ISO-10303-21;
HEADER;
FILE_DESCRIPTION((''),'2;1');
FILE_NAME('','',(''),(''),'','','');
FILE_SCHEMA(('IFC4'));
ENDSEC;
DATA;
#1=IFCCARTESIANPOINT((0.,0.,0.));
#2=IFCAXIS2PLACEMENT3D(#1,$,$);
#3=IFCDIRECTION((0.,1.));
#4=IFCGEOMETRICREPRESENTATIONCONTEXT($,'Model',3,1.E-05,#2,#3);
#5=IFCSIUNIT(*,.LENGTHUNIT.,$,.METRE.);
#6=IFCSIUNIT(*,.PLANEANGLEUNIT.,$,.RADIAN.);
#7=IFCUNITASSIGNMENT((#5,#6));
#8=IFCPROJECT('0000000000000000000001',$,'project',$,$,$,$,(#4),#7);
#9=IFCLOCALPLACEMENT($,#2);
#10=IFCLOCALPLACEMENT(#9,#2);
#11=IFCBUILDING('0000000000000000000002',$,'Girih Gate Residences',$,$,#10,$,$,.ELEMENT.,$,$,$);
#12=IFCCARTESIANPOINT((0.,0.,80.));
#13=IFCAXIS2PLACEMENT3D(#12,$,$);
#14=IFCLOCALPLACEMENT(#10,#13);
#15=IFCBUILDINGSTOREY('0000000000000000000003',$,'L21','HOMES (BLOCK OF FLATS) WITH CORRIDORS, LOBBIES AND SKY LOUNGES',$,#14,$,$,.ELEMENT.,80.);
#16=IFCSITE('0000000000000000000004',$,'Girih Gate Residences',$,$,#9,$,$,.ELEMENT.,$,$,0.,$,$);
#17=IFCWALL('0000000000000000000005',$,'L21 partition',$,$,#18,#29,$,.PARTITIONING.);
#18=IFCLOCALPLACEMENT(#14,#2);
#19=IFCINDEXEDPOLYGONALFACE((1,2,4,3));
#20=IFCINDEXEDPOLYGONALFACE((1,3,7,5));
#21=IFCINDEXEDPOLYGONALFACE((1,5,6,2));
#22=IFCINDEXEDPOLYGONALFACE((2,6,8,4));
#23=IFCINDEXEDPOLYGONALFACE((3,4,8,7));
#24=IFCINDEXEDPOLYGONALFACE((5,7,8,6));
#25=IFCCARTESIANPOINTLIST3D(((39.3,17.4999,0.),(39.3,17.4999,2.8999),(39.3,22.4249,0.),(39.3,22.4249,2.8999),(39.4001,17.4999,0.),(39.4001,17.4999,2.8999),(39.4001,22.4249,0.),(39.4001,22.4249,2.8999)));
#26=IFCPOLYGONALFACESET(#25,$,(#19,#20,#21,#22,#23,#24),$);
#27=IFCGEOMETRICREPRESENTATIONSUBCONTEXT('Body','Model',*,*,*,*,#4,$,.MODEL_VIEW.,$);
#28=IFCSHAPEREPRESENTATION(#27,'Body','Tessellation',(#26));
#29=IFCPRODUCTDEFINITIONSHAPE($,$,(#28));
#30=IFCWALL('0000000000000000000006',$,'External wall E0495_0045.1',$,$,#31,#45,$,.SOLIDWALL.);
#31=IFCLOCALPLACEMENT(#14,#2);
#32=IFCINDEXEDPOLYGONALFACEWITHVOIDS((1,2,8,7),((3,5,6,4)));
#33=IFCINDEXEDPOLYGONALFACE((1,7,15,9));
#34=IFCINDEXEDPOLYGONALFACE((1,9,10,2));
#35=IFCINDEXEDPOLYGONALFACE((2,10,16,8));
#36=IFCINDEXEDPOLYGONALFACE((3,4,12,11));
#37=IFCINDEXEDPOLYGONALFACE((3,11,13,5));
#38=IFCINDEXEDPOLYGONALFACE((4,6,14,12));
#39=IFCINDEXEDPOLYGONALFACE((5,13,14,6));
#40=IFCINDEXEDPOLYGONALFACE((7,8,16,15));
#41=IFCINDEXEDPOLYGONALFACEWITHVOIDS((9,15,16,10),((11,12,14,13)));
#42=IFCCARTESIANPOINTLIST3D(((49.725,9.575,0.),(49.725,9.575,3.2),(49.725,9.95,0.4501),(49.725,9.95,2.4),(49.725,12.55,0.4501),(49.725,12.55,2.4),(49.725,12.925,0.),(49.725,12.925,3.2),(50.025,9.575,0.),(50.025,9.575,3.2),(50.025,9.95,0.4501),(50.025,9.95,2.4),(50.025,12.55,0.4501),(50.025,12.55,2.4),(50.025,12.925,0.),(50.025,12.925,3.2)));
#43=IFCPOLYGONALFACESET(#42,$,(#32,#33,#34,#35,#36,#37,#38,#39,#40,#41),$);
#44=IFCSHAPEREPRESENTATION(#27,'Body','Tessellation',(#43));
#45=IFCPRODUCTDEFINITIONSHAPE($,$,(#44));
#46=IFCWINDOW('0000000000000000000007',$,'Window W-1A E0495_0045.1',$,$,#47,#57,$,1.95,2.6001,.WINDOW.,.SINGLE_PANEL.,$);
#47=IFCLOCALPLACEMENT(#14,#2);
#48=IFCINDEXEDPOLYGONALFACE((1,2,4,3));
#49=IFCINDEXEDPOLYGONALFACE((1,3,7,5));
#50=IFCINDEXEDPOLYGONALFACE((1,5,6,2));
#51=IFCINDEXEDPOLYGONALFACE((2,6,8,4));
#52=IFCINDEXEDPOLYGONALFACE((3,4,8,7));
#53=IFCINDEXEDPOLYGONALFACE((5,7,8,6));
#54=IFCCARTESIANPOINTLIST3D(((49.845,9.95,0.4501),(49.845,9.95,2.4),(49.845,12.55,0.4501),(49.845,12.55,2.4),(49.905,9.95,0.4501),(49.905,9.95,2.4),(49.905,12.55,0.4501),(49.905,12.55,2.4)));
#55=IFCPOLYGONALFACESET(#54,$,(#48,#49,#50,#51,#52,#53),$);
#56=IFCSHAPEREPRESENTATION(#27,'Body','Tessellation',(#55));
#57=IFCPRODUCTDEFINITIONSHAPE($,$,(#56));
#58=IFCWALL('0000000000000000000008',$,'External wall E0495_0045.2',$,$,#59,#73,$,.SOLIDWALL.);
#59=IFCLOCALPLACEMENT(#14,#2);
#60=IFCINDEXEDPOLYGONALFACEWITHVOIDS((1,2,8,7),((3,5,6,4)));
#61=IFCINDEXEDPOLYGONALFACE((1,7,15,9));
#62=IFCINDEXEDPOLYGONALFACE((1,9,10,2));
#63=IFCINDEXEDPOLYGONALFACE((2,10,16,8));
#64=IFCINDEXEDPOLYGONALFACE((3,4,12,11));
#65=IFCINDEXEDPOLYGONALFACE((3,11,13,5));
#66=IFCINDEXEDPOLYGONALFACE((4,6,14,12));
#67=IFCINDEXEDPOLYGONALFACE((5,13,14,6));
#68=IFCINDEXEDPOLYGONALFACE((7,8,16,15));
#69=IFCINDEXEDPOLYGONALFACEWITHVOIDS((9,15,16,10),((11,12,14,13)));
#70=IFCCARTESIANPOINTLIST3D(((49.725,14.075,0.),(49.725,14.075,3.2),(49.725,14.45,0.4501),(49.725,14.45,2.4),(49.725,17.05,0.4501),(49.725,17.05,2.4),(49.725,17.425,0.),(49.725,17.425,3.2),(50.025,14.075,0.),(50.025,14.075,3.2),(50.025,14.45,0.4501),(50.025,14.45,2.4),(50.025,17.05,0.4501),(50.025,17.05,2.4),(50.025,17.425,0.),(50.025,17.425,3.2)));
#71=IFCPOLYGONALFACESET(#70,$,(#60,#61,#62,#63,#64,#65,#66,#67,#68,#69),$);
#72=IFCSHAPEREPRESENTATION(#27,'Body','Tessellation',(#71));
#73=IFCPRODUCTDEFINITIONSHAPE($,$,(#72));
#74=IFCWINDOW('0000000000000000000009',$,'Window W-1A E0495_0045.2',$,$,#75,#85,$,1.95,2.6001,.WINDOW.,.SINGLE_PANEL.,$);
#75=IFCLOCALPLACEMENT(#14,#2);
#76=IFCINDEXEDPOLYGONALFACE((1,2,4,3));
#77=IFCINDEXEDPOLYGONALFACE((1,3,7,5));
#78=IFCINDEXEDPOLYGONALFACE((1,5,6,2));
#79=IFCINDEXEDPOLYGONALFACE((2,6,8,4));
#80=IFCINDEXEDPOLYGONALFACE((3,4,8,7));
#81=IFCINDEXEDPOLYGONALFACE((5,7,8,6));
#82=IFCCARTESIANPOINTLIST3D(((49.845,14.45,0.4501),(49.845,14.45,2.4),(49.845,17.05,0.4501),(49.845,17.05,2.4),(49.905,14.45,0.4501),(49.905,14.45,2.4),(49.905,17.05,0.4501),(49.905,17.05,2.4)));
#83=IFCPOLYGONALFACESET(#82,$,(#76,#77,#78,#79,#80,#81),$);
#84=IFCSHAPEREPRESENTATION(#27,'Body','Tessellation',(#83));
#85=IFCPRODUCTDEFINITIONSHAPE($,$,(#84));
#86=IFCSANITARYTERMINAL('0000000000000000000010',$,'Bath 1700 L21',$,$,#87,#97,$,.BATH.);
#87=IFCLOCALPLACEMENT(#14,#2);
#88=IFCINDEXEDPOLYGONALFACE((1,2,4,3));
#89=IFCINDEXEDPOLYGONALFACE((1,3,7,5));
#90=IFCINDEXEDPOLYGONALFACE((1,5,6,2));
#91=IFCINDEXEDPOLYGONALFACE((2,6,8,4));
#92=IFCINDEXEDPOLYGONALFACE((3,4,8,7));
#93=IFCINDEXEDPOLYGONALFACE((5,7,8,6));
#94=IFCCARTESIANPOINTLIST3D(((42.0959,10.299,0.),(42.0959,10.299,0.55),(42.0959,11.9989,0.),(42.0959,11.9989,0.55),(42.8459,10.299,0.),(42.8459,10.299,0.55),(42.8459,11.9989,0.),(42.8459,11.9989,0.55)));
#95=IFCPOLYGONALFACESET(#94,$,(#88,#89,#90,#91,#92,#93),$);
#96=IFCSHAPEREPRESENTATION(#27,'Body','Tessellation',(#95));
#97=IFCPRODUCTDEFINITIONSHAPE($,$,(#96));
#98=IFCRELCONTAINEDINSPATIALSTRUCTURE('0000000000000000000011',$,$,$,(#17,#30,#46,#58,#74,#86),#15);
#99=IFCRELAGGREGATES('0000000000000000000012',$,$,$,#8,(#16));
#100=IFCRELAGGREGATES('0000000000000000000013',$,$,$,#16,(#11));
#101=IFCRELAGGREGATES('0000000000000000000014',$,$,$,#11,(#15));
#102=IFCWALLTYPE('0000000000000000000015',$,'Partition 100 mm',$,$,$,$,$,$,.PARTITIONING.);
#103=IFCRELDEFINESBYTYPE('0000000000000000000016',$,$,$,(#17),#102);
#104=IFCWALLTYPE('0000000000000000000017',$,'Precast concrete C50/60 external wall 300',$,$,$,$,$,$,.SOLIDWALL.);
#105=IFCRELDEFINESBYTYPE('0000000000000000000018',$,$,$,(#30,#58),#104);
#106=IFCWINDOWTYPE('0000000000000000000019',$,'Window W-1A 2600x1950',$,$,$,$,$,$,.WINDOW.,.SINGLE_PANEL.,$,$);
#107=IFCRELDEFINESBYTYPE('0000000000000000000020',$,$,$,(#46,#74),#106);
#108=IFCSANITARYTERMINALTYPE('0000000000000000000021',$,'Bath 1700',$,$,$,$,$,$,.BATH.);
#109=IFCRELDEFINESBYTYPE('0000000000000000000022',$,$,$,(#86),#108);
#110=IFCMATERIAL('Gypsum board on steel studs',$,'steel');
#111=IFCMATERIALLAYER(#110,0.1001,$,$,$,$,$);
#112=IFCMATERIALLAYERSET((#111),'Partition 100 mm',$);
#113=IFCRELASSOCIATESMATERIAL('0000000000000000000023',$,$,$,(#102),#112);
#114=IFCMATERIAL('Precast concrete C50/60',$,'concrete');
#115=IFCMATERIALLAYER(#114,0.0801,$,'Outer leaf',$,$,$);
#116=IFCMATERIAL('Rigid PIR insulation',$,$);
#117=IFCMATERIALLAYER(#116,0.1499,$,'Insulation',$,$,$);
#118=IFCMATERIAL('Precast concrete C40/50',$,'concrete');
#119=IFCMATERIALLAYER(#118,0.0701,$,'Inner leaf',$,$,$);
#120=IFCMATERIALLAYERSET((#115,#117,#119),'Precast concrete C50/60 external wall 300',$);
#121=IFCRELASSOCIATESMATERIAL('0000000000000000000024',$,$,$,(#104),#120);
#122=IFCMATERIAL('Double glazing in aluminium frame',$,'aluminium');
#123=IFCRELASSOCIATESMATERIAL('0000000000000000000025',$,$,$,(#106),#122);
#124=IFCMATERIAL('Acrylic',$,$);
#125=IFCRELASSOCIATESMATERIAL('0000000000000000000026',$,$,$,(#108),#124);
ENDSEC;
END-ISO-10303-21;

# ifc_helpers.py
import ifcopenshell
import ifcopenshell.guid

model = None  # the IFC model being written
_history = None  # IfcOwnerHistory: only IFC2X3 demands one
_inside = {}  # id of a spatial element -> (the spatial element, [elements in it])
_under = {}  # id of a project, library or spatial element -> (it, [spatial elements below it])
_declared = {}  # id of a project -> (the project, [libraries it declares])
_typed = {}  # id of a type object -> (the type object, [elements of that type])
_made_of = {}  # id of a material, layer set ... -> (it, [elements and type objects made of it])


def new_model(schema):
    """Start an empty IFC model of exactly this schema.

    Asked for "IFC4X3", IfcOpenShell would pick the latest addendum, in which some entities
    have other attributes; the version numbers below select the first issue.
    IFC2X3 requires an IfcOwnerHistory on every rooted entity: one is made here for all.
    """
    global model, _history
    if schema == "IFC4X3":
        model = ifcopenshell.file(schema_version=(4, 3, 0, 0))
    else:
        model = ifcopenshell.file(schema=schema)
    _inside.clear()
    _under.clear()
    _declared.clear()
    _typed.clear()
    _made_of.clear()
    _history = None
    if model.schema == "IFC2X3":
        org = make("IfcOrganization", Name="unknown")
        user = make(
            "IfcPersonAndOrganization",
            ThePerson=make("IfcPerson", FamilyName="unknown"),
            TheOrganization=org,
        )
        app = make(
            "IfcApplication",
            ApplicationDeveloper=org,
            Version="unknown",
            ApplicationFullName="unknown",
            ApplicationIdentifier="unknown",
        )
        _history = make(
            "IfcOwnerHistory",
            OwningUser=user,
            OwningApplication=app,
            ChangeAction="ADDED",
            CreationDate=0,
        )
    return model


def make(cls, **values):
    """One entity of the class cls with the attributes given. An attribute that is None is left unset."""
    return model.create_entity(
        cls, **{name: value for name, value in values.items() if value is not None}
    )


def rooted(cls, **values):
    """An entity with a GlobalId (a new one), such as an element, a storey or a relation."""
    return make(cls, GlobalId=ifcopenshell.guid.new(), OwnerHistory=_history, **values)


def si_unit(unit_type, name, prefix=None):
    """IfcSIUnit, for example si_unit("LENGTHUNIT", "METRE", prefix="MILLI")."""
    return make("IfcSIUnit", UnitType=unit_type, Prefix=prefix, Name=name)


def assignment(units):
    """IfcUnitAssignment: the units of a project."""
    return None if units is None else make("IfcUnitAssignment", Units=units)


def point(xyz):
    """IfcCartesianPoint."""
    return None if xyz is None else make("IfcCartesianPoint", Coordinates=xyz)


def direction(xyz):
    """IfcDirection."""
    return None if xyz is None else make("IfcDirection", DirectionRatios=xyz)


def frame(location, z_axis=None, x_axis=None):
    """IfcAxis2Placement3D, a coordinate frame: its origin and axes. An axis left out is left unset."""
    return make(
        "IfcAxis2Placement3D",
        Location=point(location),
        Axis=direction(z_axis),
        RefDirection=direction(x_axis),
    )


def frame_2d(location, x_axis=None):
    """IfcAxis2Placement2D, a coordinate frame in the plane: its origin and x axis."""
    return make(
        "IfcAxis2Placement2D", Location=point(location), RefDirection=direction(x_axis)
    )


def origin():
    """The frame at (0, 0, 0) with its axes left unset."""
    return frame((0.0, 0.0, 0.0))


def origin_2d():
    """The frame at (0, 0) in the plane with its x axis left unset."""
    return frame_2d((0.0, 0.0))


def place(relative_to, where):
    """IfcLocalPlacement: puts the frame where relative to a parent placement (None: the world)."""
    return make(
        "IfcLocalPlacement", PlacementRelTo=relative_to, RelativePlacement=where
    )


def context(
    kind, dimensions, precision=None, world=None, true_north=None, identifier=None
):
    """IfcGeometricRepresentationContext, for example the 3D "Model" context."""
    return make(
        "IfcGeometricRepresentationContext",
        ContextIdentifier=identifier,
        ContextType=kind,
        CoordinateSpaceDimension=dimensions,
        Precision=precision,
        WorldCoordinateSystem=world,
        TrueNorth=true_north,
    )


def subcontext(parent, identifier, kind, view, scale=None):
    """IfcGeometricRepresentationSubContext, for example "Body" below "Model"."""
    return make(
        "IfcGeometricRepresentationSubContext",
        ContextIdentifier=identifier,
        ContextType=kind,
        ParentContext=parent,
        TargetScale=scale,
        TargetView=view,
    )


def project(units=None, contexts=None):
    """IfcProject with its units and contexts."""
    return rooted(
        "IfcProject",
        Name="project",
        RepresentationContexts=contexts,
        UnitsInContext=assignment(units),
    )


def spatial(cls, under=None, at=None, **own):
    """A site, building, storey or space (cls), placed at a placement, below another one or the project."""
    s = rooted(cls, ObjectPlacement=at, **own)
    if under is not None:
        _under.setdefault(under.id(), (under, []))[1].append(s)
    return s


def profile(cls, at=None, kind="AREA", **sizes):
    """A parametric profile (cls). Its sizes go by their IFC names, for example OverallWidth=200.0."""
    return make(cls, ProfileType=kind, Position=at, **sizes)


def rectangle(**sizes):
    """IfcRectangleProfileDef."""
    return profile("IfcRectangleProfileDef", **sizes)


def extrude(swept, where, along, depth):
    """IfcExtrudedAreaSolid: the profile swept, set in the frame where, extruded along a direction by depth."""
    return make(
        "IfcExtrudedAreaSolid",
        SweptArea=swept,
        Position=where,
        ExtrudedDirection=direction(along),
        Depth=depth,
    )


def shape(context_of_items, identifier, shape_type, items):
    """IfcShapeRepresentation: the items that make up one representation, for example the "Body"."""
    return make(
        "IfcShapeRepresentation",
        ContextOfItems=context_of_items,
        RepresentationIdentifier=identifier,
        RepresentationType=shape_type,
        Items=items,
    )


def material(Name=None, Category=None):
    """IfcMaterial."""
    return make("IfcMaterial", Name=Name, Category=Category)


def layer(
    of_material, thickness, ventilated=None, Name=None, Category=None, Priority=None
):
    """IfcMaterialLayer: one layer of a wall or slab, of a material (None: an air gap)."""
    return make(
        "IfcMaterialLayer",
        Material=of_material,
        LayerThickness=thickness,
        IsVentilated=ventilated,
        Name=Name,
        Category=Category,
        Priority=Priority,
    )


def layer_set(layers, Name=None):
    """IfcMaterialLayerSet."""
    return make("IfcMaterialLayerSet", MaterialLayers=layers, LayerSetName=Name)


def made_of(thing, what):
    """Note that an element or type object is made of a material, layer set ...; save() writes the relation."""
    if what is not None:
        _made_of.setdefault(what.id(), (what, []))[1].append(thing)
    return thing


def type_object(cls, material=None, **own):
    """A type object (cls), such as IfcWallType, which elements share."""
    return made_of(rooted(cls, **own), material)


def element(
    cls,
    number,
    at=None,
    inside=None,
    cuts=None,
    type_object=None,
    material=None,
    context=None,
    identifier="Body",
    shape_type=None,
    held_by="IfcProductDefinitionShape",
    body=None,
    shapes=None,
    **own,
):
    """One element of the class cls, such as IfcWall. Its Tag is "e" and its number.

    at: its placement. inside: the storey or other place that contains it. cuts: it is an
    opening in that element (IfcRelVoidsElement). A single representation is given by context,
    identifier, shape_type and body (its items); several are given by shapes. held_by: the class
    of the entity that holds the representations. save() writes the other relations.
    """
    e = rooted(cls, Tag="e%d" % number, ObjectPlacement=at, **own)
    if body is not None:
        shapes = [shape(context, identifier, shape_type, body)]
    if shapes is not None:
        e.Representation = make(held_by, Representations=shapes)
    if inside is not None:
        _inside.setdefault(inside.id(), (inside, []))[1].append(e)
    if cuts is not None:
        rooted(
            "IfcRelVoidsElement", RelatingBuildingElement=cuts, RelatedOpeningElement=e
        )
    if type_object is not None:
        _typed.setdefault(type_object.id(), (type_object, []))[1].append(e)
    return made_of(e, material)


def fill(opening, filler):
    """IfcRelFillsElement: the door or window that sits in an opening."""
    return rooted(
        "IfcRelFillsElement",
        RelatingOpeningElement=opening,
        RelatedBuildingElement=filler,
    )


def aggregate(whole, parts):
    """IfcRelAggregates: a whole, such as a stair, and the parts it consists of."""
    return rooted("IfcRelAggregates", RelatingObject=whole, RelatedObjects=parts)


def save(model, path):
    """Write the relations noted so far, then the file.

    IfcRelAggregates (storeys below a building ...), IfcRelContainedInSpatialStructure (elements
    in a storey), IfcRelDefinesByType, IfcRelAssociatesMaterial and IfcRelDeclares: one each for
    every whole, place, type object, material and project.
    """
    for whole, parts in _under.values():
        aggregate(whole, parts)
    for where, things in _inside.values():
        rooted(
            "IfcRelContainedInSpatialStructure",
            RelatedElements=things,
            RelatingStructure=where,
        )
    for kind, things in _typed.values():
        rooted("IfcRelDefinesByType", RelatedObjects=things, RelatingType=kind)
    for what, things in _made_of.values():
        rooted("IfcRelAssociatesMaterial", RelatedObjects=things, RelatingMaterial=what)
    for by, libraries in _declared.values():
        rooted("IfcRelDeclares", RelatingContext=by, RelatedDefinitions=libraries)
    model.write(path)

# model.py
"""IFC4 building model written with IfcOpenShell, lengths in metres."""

from ifc_helpers import new_model, si_unit, direction, frame, frame_2d, origin, origin_2d, place, context, subcontext, project, spatial, rectangle, extrude, material, layer, layer_set, type_object, element, fill, save


model = new_model("IFC4")

# Units and contexts
model_context = context("Model", 3, precision=1e-05, world=origin(), true_north=direction((0.0, 1.0)))
body_context = subcontext(model_context, "Body", "Model", "MODEL_VIEW")
ifc_project = project(units=[si_unit("LENGTHUNIT", "METRE"), si_unit("PLANEANGLEUNIT", "RADIAN")], contexts=[model_context])

# Site, building, storey
site_placement = place(None, origin())
site = spatial("IfcSite", under=ifc_project, at=site_placement, Name="Girih Gate Residences", CompositionType="ELEMENT", RefElevation=0.0)
building_placement = place(site_placement, origin())
building = spatial("IfcBuilding", under=site, at=building_placement, Name="Girih Gate Residences", CompositionType="ELEMENT")
storey_placement = place(building_placement, frame((0.0, 0.0, 80.0)))
storey = spatial("IfcBuildingStorey", under=building, at=storey_placement, Name="L21", Description="HOMES (BLOCK OF FLATS) WITH CORRIDORS, LOBBIES AND SKY LOUNGES", CompositionType="ELEMENT", Elevation=80.0)

# Shared definitions
ifc_material_1 = material(Name="Gypsum board on steel studs", Category="steel")

# Shared definitions
ifc_layer_1 = layer(ifc_material_1, 0.1001)
ifc_layer_set_1 = layer_set([ifc_layer_1], Name="Partition 100 mm")
wall_type_1 = type_object("IfcWallType", Name="Partition 100 mm", PredefinedType="PARTITIONING", material=ifc_layer_set_1)

# Wall
wall_1_placement = place(storey_placement, frame((39.3501, 17.5, 0.0), z_axis=(0.0, 0.0, 1.0), x_axis=(0.0, 1.0, 0.0)))
element("IfcWall", 1, at=wall_1_placement, inside=storey, type_object=wall_type_1, Name="L21 partition", PredefinedType="PARTITIONING", context=body_context, shape_type="SweptSolid", body=[
    extrude(rectangle(XDim=4.925, YDim=0.1001, at=frame_2d((2.4624, 0.0))), origin(), (0.0, 0.0, 1.0), 2.8999),
])

# Walls, openings, windows
ifc_material_2 = material(Name="Precast concrete C50/60", Category="concrete")
ifc_layer_2 = layer(ifc_material_2, 0.0801, Name="Outer leaf")
ifc_material_3 = material(Name="Rigid PIR insulation")
ifc_layer_3 = layer(ifc_material_3, 0.1499, Name="Insulation")
ifc_material_4 = material(Name="Precast concrete C40/50", Category="concrete")
ifc_layer_4 = layer(ifc_material_4, 0.0701, Name="Inner leaf")
ifc_layer_set_2 = layer_set([ifc_layer_2, ifc_layer_3, ifc_layer_4], Name="Precast concrete C50/60 external wall 300")
wall_type_2 = type_object("IfcWallType", Name="Precast concrete C50/60 external wall 300", PredefinedType="SOLIDWALL", material=ifc_layer_set_2)
wall_2_placement = place(storey_placement, frame((49.875, 12.925, 0.0), z_axis=(0.0, 0.0, 1.0), x_axis=(0.0, -1.0, 0.0)))
wall_2 = element("IfcWall", 2, at=wall_2_placement, inside=storey, type_object=wall_type_2, Name="External wall E0495_0045.1", PredefinedType="SOLIDWALL", context=body_context, shape_type="SweptSolid", body=[
    extrude(rectangle(XDim=3.3501, YDim=0.3, at=frame_2d((1.675, 0.0))), origin(), (0.0, 0.0, 1.0), 3.2),
])
opening_1_placement = place(wall_2_placement, frame((0.375, 0.0, 0.45)))
opening_1 = element("IfcOpeningElement", 3, at=opening_1_placement, cuts=wall_2, PredefinedType="OPENING", context=body_context, shape_type="SweptSolid", body=[
    extrude(rectangle(XDim=2.6001, YDim=1.95, at=frame_2d((1.3, 0.9751))), frame((0.0, 0.1599, 0.0), z_axis=(0.0, -1.0, 0.0), x_axis=(1.0, 0.0, 0.0)), (0.0, 0.0, 1.0), 0.3201),
])
ifc_material_5 = material(Name="Double glazing in aluminium frame", Category="aluminium")
window_type = type_object("IfcWindowType", Name="Window W-1A 2600x1950", PartitioningType="SINGLE_PANEL", PredefinedType="WINDOW", material=ifc_material_5)
window_1_placement = place(opening_1_placement, origin())
window_1 = element("IfcWindow", 4, at=window_1_placement, inside=storey, type_object=window_type, Name="Window W-1A E0495_0045.1", OverallHeight=1.95, OverallWidth=2.6001, PartitioningType="SINGLE_PANEL", PredefinedType="WINDOW", context=body_context, shape_type="SweptSolid", body=[
    extrude(rectangle(XDim=2.6001, YDim=1.95, at=frame_2d((1.3, 0.9751))), frame((0.0, 0.03, 0.0), z_axis=(0.0, -1.0, 0.0), x_axis=(1.0, 0.0, 0.0)), (0.0, 0.0, 1.0), 0.0601),
])
fill(opening_1, window_1)
wall_3_placement = place(storey_placement, frame((49.875, 17.425, 0.0), z_axis=(0.0, 0.0, 1.0), x_axis=(0.0, -1.0, 0.0)))
wall_3 = element("IfcWall", 5, at=wall_3_placement, inside=storey, type_object=wall_type_2, Name="External wall E0495_0045.2", PredefinedType="SOLIDWALL", context=body_context, shape_type="SweptSolid", body=[
    extrude(rectangle(XDim=3.3501, YDim=0.3, at=frame_2d((1.675, 0.0))), origin(), (0.0, 0.0, 1.0), 3.2),
])
opening_2_placement = place(wall_3_placement, frame((0.375, 0.0, 0.45)))
opening_2 = element("IfcOpeningElement", 6, at=opening_2_placement, cuts=wall_3, PredefinedType="OPENING", context=body_context, shape_type="SweptSolid", body=[
    extrude(rectangle(XDim=2.6001, YDim=1.95, at=frame_2d((1.3, 0.9751))), frame((0.0, 0.1599, 0.0), z_axis=(0.0, -1.0, 0.0), x_axis=(1.0, 0.0, 0.0)), (0.0, 0.0, 1.0), 0.3201),
])
window_2_placement = place(opening_2_placement, origin())
window_2 = element("IfcWindow", 7, at=window_2_placement, inside=storey, type_object=window_type, Name="Window W-1A E0495_0045.2", OverallHeight=1.95, OverallWidth=2.6001, PartitioningType="SINGLE_PANEL", PredefinedType="WINDOW", context=body_context, shape_type="SweptSolid", body=[
    extrude(rectangle(XDim=2.6001, YDim=1.95, at=frame_2d((1.3, 0.9751))), frame((0.0, 0.03, 0.0), z_axis=(0.0, -1.0, 0.0), x_axis=(1.0, 0.0, 0.0)), (0.0, 0.0, 1.0), 0.0601),
])
fill(opening_2, window_2)

# Sanitary terminal
ifc_material_6 = material(Name="Acrylic")
sanitary_terminal_type = type_object("IfcSanitaryTerminalType", Name="Bath 1700", PredefinedType="BATH", material=ifc_material_6)
sanitary_terminal_placement = place(storey_placement, frame((42.4709, 11.1489, 0.0), z_axis=(0.0, 0.0, 1.0), x_axis=(1.0, 0.0, 0.0)))
element("IfcSanitaryTerminal", 8, at=sanitary_terminal_placement, inside=storey, type_object=sanitary_terminal_type, Name="Bath 1700 L21", PredefinedType="BATH", context=body_context, shape_type="SweptSolid", body=[
    extrude(rectangle(XDim=0.75, YDim=1.7, at=origin_2d()), origin(), (0.0, 0.0, 1.0), 0.55),
])

save(model, "model.ifc")
